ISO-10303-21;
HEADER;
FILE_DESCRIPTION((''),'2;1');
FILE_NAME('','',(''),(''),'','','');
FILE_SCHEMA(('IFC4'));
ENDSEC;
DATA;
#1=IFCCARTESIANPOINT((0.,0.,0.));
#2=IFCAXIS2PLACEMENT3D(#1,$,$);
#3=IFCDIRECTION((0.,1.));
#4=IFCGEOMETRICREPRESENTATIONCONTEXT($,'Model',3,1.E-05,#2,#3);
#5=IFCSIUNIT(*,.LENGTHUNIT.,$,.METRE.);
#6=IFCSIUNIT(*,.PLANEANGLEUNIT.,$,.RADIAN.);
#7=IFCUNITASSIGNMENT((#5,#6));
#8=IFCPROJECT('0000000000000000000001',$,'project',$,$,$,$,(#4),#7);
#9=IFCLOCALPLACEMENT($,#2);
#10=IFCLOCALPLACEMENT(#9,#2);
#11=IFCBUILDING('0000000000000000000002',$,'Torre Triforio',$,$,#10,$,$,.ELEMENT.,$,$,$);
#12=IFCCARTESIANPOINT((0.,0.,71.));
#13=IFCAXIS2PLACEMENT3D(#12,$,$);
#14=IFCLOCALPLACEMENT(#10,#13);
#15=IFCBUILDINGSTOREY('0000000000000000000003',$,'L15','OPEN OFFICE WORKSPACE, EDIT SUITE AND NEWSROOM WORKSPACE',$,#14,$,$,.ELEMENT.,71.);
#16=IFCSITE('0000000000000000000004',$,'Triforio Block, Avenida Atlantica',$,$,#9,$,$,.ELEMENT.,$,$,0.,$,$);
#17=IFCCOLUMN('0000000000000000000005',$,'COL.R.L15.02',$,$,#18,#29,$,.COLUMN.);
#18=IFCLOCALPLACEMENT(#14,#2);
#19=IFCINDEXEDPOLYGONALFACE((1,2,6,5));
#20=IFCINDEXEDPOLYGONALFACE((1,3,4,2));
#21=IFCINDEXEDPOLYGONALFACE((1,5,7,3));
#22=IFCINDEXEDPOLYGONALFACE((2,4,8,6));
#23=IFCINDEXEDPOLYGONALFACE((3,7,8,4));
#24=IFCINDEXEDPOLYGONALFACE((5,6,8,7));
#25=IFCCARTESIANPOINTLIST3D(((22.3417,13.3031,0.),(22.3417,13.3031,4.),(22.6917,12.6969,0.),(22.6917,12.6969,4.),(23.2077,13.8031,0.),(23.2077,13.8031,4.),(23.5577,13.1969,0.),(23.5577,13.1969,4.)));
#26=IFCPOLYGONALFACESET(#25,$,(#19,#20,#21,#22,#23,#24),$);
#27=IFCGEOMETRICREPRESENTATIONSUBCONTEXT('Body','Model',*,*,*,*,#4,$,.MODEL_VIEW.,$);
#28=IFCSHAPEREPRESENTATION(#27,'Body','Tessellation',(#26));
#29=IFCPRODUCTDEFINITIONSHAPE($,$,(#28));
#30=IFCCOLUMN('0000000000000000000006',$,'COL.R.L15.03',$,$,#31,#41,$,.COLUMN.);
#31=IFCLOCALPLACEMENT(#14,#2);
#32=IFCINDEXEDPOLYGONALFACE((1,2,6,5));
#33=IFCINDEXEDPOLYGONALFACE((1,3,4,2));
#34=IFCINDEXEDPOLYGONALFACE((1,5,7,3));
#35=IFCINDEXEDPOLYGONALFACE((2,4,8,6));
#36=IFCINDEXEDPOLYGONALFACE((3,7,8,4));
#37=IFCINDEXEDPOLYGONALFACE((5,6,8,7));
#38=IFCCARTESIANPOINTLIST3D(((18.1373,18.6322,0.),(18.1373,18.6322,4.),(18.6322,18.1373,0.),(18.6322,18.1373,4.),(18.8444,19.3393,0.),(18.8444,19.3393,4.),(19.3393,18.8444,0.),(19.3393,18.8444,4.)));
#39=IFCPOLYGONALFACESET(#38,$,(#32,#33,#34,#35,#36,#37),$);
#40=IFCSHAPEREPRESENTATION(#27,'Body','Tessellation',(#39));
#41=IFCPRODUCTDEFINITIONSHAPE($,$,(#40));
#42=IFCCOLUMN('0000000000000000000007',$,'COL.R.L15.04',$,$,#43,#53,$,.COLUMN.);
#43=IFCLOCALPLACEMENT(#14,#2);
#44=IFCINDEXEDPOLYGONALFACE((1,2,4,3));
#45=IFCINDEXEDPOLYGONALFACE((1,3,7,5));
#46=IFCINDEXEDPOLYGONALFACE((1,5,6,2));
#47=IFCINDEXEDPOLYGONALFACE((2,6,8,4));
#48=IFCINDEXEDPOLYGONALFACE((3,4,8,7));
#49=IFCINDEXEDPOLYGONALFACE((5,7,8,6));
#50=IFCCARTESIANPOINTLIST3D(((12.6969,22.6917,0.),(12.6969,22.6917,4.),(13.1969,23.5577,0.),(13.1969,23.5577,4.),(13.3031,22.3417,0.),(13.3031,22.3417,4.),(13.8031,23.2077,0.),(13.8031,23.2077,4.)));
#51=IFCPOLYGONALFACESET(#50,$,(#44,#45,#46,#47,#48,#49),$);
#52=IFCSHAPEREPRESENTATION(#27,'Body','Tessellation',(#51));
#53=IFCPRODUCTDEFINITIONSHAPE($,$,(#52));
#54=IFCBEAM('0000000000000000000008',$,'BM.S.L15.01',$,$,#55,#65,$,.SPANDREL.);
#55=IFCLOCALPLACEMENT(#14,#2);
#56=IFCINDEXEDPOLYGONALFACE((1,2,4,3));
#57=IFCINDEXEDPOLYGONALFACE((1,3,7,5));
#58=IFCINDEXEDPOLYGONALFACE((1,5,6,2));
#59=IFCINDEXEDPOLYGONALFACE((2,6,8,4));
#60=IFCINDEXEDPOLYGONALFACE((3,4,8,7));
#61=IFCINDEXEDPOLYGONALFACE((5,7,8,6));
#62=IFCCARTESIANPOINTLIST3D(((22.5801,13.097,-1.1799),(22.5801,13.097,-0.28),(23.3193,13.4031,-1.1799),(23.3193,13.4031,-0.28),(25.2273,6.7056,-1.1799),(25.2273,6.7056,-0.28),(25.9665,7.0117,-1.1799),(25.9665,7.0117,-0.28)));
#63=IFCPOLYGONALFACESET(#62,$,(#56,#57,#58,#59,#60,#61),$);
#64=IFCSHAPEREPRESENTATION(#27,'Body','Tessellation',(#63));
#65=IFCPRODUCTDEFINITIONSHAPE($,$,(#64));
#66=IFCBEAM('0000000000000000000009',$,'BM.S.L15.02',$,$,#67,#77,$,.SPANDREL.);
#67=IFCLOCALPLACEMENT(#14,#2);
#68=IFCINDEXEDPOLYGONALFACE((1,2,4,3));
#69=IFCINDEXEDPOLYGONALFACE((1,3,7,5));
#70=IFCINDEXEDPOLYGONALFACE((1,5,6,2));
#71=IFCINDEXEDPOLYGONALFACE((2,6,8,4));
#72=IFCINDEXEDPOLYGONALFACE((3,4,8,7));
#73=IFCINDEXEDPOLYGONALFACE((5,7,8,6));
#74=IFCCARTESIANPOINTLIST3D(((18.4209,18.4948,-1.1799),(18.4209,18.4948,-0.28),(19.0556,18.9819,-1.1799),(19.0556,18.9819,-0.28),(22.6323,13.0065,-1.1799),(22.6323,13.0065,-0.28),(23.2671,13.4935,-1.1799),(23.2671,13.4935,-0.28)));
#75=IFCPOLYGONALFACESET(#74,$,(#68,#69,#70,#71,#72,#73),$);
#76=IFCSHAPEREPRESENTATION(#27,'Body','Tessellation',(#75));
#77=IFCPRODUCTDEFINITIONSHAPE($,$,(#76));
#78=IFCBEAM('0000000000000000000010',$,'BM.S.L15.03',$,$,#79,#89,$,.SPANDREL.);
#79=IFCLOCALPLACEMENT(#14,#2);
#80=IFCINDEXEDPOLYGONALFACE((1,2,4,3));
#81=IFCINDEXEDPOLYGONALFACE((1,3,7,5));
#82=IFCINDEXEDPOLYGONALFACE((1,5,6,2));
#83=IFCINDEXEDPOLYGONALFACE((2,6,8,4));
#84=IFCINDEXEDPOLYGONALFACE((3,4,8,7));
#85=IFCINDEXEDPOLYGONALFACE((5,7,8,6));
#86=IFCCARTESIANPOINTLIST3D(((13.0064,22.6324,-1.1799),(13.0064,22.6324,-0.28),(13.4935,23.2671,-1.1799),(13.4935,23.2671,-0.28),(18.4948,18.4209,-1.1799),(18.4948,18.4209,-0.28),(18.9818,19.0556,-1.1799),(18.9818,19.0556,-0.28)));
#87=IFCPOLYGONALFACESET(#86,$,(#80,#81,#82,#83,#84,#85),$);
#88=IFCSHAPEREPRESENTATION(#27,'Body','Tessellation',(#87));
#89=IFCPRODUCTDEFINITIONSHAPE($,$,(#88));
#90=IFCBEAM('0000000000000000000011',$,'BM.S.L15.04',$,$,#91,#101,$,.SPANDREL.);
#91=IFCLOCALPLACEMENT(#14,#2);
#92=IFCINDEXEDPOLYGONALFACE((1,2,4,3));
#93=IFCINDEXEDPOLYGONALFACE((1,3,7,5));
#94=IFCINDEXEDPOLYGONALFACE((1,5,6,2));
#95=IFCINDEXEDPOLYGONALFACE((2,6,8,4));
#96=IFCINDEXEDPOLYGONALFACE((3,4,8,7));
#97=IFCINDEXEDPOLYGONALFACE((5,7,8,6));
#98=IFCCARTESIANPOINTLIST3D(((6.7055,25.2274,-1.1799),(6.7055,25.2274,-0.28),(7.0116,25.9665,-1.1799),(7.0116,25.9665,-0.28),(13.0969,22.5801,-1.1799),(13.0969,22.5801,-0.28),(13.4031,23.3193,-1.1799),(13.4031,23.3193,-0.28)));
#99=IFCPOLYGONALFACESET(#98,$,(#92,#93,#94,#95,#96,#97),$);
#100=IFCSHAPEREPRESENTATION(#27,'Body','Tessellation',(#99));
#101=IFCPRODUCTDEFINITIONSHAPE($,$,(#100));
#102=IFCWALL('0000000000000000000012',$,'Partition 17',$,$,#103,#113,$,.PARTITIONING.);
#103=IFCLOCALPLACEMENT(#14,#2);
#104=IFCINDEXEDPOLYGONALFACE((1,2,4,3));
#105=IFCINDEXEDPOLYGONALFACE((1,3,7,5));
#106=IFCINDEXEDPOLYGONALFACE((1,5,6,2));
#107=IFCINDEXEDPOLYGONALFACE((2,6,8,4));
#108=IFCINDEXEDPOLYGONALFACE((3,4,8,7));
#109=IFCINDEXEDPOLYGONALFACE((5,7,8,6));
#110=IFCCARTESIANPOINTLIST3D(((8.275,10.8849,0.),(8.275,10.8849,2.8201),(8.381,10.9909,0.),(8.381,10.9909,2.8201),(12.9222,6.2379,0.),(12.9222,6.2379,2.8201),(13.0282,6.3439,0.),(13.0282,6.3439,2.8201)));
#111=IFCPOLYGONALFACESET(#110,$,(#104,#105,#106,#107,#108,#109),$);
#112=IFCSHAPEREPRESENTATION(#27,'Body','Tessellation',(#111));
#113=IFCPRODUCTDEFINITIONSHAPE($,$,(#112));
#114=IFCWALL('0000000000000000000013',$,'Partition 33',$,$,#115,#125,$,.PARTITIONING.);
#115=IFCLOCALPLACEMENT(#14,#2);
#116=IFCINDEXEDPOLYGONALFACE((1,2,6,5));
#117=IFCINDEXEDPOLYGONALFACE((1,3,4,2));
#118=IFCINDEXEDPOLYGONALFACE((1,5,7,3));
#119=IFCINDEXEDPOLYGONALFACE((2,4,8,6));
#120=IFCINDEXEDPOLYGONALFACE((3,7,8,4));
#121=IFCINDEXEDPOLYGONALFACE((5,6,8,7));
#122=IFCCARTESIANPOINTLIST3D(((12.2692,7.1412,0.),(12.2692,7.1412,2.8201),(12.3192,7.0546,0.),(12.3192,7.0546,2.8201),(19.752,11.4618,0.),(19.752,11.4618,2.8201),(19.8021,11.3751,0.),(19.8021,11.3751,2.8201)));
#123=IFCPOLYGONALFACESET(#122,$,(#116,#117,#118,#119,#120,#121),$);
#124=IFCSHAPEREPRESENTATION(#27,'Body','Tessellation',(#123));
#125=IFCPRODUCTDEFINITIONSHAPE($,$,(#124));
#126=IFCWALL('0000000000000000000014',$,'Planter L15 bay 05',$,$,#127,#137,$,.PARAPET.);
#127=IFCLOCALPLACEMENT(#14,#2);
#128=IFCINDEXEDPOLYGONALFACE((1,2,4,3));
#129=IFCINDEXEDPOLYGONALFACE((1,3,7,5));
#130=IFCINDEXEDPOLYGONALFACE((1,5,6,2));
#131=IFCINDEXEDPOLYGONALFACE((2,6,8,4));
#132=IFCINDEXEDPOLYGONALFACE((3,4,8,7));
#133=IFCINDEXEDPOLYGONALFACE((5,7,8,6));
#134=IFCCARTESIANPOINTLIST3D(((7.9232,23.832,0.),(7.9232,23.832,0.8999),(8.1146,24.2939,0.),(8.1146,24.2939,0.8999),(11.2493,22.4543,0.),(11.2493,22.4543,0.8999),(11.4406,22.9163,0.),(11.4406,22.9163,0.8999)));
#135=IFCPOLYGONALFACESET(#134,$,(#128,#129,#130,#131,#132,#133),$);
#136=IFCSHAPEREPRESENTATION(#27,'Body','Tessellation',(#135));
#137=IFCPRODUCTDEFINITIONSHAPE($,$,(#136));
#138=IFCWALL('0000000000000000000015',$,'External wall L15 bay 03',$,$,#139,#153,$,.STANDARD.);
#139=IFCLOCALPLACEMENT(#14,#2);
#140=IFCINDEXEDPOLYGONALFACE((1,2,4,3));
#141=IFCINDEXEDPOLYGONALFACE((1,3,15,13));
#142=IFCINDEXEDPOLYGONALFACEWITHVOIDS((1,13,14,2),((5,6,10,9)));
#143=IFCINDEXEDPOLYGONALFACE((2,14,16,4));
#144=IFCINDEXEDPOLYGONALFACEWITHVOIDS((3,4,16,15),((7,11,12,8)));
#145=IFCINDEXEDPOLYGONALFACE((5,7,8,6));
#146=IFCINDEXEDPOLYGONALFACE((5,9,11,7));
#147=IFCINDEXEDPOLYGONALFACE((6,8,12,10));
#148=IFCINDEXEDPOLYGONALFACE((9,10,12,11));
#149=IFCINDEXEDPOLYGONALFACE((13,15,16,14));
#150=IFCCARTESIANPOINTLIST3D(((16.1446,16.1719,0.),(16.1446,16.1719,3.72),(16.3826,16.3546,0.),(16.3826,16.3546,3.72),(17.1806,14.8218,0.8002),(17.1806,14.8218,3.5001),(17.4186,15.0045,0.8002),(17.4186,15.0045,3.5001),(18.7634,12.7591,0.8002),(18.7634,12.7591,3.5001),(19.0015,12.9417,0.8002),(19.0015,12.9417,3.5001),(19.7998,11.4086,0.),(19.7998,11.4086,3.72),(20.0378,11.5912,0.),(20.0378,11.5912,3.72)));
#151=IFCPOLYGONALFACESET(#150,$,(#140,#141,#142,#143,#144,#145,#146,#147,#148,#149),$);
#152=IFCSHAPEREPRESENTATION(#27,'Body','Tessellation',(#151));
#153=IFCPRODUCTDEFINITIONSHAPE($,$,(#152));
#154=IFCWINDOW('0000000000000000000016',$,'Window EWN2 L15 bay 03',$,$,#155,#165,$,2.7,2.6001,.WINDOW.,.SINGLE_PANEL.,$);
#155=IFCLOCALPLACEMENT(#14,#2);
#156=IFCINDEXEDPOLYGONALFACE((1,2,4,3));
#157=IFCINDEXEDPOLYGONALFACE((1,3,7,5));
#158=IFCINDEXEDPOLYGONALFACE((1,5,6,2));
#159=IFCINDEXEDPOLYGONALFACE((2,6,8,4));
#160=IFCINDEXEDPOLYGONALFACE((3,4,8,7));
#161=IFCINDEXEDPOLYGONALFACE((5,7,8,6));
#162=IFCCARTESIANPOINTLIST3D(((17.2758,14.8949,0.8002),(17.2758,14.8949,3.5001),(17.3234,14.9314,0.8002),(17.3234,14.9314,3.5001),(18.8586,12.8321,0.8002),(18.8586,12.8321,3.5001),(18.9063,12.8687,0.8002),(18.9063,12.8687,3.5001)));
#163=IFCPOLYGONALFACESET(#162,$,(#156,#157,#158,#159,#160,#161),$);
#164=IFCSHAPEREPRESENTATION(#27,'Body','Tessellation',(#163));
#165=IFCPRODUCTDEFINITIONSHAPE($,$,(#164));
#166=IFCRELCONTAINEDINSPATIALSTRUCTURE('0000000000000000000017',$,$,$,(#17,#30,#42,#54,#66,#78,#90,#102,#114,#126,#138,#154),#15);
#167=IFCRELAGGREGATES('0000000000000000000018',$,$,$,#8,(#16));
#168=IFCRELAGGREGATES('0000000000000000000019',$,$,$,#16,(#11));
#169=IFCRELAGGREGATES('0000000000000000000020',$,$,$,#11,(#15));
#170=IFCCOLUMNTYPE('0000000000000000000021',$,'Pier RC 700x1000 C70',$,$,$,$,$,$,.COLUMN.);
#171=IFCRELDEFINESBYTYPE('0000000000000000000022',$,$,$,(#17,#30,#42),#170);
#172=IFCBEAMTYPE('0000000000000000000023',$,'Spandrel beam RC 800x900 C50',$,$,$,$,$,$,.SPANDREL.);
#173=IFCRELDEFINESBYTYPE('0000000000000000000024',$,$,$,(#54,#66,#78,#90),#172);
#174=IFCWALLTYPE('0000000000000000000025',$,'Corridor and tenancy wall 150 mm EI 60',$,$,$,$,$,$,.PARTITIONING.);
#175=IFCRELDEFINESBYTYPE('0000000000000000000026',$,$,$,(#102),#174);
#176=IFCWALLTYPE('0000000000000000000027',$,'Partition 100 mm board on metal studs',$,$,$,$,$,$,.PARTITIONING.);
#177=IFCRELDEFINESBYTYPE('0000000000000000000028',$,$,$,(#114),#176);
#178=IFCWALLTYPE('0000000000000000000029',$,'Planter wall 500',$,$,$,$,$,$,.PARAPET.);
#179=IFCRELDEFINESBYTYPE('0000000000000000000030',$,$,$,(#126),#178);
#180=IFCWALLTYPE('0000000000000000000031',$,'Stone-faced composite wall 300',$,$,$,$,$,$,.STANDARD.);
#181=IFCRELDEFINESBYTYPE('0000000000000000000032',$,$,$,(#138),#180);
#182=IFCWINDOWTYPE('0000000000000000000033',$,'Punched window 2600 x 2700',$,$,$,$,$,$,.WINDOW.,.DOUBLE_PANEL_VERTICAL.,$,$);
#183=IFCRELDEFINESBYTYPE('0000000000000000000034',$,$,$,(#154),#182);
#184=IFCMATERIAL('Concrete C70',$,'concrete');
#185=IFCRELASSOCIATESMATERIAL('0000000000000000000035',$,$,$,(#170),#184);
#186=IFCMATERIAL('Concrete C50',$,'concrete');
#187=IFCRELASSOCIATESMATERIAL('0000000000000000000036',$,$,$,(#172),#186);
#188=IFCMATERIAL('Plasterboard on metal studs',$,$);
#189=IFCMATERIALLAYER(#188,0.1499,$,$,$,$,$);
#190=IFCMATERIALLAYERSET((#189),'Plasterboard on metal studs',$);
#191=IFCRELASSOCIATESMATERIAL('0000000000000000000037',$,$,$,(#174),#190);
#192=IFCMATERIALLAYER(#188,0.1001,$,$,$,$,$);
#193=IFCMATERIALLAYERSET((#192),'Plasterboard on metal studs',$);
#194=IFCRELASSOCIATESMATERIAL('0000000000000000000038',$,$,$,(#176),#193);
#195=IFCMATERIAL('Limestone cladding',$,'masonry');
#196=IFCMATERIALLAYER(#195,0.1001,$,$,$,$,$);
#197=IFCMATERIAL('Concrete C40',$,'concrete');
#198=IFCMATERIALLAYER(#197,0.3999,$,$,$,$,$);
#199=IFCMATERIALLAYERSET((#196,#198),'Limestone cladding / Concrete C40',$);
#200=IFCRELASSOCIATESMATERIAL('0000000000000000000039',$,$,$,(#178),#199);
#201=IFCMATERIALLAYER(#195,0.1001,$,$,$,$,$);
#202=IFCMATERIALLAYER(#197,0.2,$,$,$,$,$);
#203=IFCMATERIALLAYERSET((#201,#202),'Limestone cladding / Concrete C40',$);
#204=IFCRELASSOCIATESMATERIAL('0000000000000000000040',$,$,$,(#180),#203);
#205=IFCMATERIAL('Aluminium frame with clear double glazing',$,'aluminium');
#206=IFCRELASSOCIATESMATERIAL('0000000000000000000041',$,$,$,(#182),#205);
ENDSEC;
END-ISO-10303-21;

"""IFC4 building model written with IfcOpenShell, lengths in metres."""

from ifc_helpers import new_model, si_unit, direction, frame, frame_2d, origin, origin_2d, place, context, subcontext, project, spatial, rectangle, extrude, material, layer, layer_set, material_profile, profile_set, type_object, element, fill, save


model = new_model("IFC4")

# Units and contexts
model_context = context("Model", 3, precision=1e-05, world=origin(), true_north=direction((0.0, 1.0)))
body_context = subcontext(model_context, "Body", "Model", "MODEL_VIEW")
ifc_project = project(units=[si_unit("LENGTHUNIT", "METRE"), si_unit("PLANEANGLEUNIT", "RADIAN")], contexts=[model_context])

# Site, building, storey
site_placement = place(None, origin())
site = spatial("IfcSite", under=ifc_project, at=site_placement, Name="Triforio Block, Avenida Atlantica", CompositionType="ELEMENT", RefElevation=0.0)
building_placement = place(site_placement, origin())
building = spatial("IfcBuilding", under=site, at=building_placement, Name="Torre Triforio", CompositionType="ELEMENT")
storey_placement = place(building_placement, frame((0.0, 0.0, 71.0)))
storey = spatial("IfcBuildingStorey", under=building, at=storey_placement, Name="L15", Description="OPEN OFFICE WORKSPACE, EDIT SUITE AND NEWSROOM WORKSPACE", CompositionType="ELEMENT", Elevation=71.0)

# Columns
ifc_material_1 = material(Name="Concrete C70", Category="concrete")
ifc_material_profile_1 = material_profile(ifc_material_1, rectangle(XDim=0.7, YDim=1.0, at=origin_2d()), Name="RC 700x1000")
ifc_profile_set_1 = profile_set([ifc_material_profile_1], Name="Concrete C70")
column_type = type_object("IfcColumnType", Name="Pier RC 700x1000 C70", PredefinedType="COLUMN", material=ifc_profile_set_1)
for number, where, z_axis, x_axis, name in (
    (1, (22.9497, 13.25, 0.0), (0.0, 0.0, 1.0), (-0.5, 0.866025, 0.0), "COL.R.L15.02"),
    (2, (18.7383, 18.7383, 0.0), (0.0, 0.0, 1.0), (-0.707107, 0.707107, 0.0), "COL.R.L15.03"),
    (3, (13.25, 22.9497, 0.0), (0.0, 0.0, 1.0), (-0.866025, 0.5, 0.0), "COL.R.L15.04"),
):
    element("IfcColumn", number, at=place(storey_placement, frame(where, z_axis=z_axis, x_axis=x_axis)), inside=storey, type_object=column_type, Name=name, PredefinedType="COLUMN", context=body_context, shape_type="SweptSolid", body=[
        extrude(rectangle(XDim=0.7, YDim=1.0, at=origin_2d()), origin(), (0.0, 0.0, 1.0), 4.0),
    ])

# Beams
ifc_material_2 = material(Name="Concrete C50", Category="concrete")
ifc_material_profile_2 = material_profile(ifc_material_2, rectangle(XDim=0.8, YDim=0.8999, at=origin_2d()), Name="RC 800x900")
ifc_profile_set_2 = profile_set([ifc_material_profile_2], Name="Concrete C50")
beam_type = type_object("IfcBeamType", Name="Spandrel beam RC 800x900 C50", PredefinedType="SPANDREL", material=ifc_profile_set_2)
for number, where, z_axis, x_axis, name in (
    (4, (25.5969, 6.8586, -0.73), (-0.382662, 0.923888, 0.0), (-0.923888, -0.382662, 0.0), "BM.S.L15.01"),
    (5, (22.9497, 13.25, -0.73), (-0.608772, 0.793345, 0.0), (-0.793345, -0.608772, 0.0), "BM.S.L15.02"),
    (6, (18.7383, 18.7383, -0.73), (-0.793345, 0.608772, 0.0), (-0.608772, -0.793345, 0.0), "BM.S.L15.03"),
    (7, (13.25, 22.9497, -0.73), (-0.923888, 0.382662, 0.0), (-0.382662, -0.923888, 0.0), "BM.S.L15.04"),
):
    element("IfcBeam", number, at=place(storey_placement, frame(where, z_axis=z_axis, x_axis=x_axis)), inside=storey, type_object=beam_type, Name=name, PredefinedType="SPANDREL", context=body_context, shape_type="SweptSolid", body=[
        extrude(rectangle(XDim=0.8, YDim=0.8999, at=origin_2d()), origin(), (0.0, 0.0, 1.0), 6.918),
    ])

# Walls
ifc_material_3 = material(Name="Plasterboard on metal studs")
ifc_layer_1 = layer(ifc_material_3, 0.1499)
ifc_layer_set_1 = layer_set([ifc_layer_1], Name="Plasterboard on metal studs")
wall_type_1 = type_object("IfcWallType", Name="Corridor and tenancy wall 150 mm EI 60", PredefinedType="PARTITIONING", material=ifc_layer_set_1)
wall_1_placement = place(storey_placement, frame((8.3279, 10.938, 0.0), z_axis=(0.0, 0.0, 1.0), x_axis=(0.707125, -0.707088, 0.0)))
element("IfcWall", 8, at=wall_1_placement, inside=storey, type_object=wall_type_1, Name="Partition 17", PredefinedType="PARTITIONING", context=body_context, shape_type="SweptSolid", body=[
    extrude(rectangle(XDim=6.572, YDim=0.1499, at=frame_2d((3.2861, 0.0))), origin(), (0.0, 0.0, 1.0), 2.8201),
])
ifc_layer_2 = layer(ifc_material_3, 0.1001)
ifc_layer_set_2 = layer_set([ifc_layer_2], Name="Plasterboard on metal studs")
wall_type_2 = type_object("IfcWallType", Name="Partition 100 mm board on metal studs", PredefinedType="PARTITIONING", material=ifc_layer_set_2)
wall_2_placement = place(storey_placement, frame((12.2942, 7.0979, 0.0), z_axis=(0.0, 0.0, 1.0), x_axis=(0.866011, 0.500026, 0.0)))
element("IfcWall", 9, at=wall_2_placement, inside=storey, type_object=wall_type_2, Name="Partition 33", PredefinedType="PARTITIONING", context=body_context, shape_type="SweptSolid", body=[
    extrude(rectangle(XDim=8.6406, YDim=0.1001, at=frame_2d((4.3203, 0.0))), origin(), (0.0, 0.0, 1.0), 2.8201),
])
ifc_material_4 = material(Name="Limestone cladding", Category="masonry")
ifc_layer_3 = layer(ifc_material_4, 0.1001)
ifc_material_5 = material(Name="Concrete C40", Category="concrete")
ifc_layer_4 = layer(ifc_material_5, 0.3999)
ifc_layer_set_3 = layer_set([ifc_layer_3, ifc_layer_4], Name="Limestone cladding / Concrete C40")
wall_type_3 = type_object("IfcWallType", Name="Planter wall 500", PredefinedType="PARAPET", material=ifc_layer_set_3)
wall_3_placement = place(storey_placement, frame((11.345, 22.6853, 0.0), z_axis=(0.0, 0.0, 1.0), x_axis=(-0.923885, 0.382669, 0.0)))
element("IfcWall", 10, at=wall_3_placement, inside=storey, type_object=wall_type_3, Name="Planter L15 bay 05", PredefinedType="PARAPET", context=body_context, shape_type="SweptSolid", body=[
    extrude(rectangle(XDim=3.6001, YDim=0.5, at=frame_2d((1.8, 0.0))), origin(), (0.0, 0.0, 1.0), 0.8999),
])

# Wall, opening, window
ifc_layer_5 = layer(ifc_material_4, 0.1001)
ifc_layer_6 = layer(ifc_material_5, 0.2)
ifc_layer_set_4 = layer_set([ifc_layer_5, ifc_layer_6], Name="Limestone cladding / Concrete C40")
wall_type_4 = type_object("IfcWallType", Name="Stone-faced composite wall 300", PredefinedType="STANDARD", material=ifc_layer_set_4)
wall_4_placement = place(storey_placement, frame((19.9187, 11.5, 0.0), z_axis=(0.0, 0.0, 1.0), x_axis=(-0.608779, 0.79334, 0.0)))
wall_4 = element("IfcWall", 11, at=wall_4_placement, inside=storey, type_object=wall_type_4, Name="External wall L15 bay 03", PredefinedType="STANDARD", context=body_context, shape_type="SweptSolid", body=[
    extrude(rectangle(XDim=6.0042, YDim=0.3, at=frame_2d((3.002, 0.0))), origin(), (0.0, 0.0, 1.0), 3.72),
])
opening_1_placement = place(wall_4_placement, frame((1.7021, 0.0, 0.8)))
opening_1 = element("IfcOpeningElement", 12, at=opening_1_placement, cuts=wall_4, PredefinedType="OPENING", context=body_context, shape_type="SweptSolid", body=[
    extrude(rectangle(XDim=2.6001, YDim=2.7, at=frame_2d((1.3, 1.3501))), frame((0.0, 0.1599, 0.0), z_axis=(0.0, -1.0, 0.0), x_axis=(1.0, 0.0, 0.0)), (0.0, 0.0, 1.0), 0.3201),
])
ifc_material_6 = material(Name="Aluminium frame with clear double glazing", Category="aluminium")
window_type_1 = type_object("IfcWindowType", Name="Punched window 2600 x 2700", PartitioningType="DOUBLE_PANEL_VERTICAL", PredefinedType="WINDOW", material=ifc_material_6)
window_1_placement = place(opening_1_placement, origin())
window_1 = element("IfcWindow", 13, at=window_1_placement, inside=storey, type_object=window_type_1, Name="Window EWN2 L15 bay 03", OverallHeight=2.7, OverallWidth=2.6001, PartitioningType="SINGLE_PANEL", PredefinedType="WINDOW", context=body_context, shape_type="SweptSolid", body=[
    extrude(rectangle(XDim=2.6001, YDim=2.7, at=frame_2d((1.3, 1.3501))), frame((0.0, 0.03, 0.0), z_axis=(0.0, -1.0, 0.0), x_axis=(1.0, 0.0, 0.0)), (0.0, 0.0, 1.0), 0.0601),
])
fill(opening_1, window_1)

save(model, "model.ifc")
